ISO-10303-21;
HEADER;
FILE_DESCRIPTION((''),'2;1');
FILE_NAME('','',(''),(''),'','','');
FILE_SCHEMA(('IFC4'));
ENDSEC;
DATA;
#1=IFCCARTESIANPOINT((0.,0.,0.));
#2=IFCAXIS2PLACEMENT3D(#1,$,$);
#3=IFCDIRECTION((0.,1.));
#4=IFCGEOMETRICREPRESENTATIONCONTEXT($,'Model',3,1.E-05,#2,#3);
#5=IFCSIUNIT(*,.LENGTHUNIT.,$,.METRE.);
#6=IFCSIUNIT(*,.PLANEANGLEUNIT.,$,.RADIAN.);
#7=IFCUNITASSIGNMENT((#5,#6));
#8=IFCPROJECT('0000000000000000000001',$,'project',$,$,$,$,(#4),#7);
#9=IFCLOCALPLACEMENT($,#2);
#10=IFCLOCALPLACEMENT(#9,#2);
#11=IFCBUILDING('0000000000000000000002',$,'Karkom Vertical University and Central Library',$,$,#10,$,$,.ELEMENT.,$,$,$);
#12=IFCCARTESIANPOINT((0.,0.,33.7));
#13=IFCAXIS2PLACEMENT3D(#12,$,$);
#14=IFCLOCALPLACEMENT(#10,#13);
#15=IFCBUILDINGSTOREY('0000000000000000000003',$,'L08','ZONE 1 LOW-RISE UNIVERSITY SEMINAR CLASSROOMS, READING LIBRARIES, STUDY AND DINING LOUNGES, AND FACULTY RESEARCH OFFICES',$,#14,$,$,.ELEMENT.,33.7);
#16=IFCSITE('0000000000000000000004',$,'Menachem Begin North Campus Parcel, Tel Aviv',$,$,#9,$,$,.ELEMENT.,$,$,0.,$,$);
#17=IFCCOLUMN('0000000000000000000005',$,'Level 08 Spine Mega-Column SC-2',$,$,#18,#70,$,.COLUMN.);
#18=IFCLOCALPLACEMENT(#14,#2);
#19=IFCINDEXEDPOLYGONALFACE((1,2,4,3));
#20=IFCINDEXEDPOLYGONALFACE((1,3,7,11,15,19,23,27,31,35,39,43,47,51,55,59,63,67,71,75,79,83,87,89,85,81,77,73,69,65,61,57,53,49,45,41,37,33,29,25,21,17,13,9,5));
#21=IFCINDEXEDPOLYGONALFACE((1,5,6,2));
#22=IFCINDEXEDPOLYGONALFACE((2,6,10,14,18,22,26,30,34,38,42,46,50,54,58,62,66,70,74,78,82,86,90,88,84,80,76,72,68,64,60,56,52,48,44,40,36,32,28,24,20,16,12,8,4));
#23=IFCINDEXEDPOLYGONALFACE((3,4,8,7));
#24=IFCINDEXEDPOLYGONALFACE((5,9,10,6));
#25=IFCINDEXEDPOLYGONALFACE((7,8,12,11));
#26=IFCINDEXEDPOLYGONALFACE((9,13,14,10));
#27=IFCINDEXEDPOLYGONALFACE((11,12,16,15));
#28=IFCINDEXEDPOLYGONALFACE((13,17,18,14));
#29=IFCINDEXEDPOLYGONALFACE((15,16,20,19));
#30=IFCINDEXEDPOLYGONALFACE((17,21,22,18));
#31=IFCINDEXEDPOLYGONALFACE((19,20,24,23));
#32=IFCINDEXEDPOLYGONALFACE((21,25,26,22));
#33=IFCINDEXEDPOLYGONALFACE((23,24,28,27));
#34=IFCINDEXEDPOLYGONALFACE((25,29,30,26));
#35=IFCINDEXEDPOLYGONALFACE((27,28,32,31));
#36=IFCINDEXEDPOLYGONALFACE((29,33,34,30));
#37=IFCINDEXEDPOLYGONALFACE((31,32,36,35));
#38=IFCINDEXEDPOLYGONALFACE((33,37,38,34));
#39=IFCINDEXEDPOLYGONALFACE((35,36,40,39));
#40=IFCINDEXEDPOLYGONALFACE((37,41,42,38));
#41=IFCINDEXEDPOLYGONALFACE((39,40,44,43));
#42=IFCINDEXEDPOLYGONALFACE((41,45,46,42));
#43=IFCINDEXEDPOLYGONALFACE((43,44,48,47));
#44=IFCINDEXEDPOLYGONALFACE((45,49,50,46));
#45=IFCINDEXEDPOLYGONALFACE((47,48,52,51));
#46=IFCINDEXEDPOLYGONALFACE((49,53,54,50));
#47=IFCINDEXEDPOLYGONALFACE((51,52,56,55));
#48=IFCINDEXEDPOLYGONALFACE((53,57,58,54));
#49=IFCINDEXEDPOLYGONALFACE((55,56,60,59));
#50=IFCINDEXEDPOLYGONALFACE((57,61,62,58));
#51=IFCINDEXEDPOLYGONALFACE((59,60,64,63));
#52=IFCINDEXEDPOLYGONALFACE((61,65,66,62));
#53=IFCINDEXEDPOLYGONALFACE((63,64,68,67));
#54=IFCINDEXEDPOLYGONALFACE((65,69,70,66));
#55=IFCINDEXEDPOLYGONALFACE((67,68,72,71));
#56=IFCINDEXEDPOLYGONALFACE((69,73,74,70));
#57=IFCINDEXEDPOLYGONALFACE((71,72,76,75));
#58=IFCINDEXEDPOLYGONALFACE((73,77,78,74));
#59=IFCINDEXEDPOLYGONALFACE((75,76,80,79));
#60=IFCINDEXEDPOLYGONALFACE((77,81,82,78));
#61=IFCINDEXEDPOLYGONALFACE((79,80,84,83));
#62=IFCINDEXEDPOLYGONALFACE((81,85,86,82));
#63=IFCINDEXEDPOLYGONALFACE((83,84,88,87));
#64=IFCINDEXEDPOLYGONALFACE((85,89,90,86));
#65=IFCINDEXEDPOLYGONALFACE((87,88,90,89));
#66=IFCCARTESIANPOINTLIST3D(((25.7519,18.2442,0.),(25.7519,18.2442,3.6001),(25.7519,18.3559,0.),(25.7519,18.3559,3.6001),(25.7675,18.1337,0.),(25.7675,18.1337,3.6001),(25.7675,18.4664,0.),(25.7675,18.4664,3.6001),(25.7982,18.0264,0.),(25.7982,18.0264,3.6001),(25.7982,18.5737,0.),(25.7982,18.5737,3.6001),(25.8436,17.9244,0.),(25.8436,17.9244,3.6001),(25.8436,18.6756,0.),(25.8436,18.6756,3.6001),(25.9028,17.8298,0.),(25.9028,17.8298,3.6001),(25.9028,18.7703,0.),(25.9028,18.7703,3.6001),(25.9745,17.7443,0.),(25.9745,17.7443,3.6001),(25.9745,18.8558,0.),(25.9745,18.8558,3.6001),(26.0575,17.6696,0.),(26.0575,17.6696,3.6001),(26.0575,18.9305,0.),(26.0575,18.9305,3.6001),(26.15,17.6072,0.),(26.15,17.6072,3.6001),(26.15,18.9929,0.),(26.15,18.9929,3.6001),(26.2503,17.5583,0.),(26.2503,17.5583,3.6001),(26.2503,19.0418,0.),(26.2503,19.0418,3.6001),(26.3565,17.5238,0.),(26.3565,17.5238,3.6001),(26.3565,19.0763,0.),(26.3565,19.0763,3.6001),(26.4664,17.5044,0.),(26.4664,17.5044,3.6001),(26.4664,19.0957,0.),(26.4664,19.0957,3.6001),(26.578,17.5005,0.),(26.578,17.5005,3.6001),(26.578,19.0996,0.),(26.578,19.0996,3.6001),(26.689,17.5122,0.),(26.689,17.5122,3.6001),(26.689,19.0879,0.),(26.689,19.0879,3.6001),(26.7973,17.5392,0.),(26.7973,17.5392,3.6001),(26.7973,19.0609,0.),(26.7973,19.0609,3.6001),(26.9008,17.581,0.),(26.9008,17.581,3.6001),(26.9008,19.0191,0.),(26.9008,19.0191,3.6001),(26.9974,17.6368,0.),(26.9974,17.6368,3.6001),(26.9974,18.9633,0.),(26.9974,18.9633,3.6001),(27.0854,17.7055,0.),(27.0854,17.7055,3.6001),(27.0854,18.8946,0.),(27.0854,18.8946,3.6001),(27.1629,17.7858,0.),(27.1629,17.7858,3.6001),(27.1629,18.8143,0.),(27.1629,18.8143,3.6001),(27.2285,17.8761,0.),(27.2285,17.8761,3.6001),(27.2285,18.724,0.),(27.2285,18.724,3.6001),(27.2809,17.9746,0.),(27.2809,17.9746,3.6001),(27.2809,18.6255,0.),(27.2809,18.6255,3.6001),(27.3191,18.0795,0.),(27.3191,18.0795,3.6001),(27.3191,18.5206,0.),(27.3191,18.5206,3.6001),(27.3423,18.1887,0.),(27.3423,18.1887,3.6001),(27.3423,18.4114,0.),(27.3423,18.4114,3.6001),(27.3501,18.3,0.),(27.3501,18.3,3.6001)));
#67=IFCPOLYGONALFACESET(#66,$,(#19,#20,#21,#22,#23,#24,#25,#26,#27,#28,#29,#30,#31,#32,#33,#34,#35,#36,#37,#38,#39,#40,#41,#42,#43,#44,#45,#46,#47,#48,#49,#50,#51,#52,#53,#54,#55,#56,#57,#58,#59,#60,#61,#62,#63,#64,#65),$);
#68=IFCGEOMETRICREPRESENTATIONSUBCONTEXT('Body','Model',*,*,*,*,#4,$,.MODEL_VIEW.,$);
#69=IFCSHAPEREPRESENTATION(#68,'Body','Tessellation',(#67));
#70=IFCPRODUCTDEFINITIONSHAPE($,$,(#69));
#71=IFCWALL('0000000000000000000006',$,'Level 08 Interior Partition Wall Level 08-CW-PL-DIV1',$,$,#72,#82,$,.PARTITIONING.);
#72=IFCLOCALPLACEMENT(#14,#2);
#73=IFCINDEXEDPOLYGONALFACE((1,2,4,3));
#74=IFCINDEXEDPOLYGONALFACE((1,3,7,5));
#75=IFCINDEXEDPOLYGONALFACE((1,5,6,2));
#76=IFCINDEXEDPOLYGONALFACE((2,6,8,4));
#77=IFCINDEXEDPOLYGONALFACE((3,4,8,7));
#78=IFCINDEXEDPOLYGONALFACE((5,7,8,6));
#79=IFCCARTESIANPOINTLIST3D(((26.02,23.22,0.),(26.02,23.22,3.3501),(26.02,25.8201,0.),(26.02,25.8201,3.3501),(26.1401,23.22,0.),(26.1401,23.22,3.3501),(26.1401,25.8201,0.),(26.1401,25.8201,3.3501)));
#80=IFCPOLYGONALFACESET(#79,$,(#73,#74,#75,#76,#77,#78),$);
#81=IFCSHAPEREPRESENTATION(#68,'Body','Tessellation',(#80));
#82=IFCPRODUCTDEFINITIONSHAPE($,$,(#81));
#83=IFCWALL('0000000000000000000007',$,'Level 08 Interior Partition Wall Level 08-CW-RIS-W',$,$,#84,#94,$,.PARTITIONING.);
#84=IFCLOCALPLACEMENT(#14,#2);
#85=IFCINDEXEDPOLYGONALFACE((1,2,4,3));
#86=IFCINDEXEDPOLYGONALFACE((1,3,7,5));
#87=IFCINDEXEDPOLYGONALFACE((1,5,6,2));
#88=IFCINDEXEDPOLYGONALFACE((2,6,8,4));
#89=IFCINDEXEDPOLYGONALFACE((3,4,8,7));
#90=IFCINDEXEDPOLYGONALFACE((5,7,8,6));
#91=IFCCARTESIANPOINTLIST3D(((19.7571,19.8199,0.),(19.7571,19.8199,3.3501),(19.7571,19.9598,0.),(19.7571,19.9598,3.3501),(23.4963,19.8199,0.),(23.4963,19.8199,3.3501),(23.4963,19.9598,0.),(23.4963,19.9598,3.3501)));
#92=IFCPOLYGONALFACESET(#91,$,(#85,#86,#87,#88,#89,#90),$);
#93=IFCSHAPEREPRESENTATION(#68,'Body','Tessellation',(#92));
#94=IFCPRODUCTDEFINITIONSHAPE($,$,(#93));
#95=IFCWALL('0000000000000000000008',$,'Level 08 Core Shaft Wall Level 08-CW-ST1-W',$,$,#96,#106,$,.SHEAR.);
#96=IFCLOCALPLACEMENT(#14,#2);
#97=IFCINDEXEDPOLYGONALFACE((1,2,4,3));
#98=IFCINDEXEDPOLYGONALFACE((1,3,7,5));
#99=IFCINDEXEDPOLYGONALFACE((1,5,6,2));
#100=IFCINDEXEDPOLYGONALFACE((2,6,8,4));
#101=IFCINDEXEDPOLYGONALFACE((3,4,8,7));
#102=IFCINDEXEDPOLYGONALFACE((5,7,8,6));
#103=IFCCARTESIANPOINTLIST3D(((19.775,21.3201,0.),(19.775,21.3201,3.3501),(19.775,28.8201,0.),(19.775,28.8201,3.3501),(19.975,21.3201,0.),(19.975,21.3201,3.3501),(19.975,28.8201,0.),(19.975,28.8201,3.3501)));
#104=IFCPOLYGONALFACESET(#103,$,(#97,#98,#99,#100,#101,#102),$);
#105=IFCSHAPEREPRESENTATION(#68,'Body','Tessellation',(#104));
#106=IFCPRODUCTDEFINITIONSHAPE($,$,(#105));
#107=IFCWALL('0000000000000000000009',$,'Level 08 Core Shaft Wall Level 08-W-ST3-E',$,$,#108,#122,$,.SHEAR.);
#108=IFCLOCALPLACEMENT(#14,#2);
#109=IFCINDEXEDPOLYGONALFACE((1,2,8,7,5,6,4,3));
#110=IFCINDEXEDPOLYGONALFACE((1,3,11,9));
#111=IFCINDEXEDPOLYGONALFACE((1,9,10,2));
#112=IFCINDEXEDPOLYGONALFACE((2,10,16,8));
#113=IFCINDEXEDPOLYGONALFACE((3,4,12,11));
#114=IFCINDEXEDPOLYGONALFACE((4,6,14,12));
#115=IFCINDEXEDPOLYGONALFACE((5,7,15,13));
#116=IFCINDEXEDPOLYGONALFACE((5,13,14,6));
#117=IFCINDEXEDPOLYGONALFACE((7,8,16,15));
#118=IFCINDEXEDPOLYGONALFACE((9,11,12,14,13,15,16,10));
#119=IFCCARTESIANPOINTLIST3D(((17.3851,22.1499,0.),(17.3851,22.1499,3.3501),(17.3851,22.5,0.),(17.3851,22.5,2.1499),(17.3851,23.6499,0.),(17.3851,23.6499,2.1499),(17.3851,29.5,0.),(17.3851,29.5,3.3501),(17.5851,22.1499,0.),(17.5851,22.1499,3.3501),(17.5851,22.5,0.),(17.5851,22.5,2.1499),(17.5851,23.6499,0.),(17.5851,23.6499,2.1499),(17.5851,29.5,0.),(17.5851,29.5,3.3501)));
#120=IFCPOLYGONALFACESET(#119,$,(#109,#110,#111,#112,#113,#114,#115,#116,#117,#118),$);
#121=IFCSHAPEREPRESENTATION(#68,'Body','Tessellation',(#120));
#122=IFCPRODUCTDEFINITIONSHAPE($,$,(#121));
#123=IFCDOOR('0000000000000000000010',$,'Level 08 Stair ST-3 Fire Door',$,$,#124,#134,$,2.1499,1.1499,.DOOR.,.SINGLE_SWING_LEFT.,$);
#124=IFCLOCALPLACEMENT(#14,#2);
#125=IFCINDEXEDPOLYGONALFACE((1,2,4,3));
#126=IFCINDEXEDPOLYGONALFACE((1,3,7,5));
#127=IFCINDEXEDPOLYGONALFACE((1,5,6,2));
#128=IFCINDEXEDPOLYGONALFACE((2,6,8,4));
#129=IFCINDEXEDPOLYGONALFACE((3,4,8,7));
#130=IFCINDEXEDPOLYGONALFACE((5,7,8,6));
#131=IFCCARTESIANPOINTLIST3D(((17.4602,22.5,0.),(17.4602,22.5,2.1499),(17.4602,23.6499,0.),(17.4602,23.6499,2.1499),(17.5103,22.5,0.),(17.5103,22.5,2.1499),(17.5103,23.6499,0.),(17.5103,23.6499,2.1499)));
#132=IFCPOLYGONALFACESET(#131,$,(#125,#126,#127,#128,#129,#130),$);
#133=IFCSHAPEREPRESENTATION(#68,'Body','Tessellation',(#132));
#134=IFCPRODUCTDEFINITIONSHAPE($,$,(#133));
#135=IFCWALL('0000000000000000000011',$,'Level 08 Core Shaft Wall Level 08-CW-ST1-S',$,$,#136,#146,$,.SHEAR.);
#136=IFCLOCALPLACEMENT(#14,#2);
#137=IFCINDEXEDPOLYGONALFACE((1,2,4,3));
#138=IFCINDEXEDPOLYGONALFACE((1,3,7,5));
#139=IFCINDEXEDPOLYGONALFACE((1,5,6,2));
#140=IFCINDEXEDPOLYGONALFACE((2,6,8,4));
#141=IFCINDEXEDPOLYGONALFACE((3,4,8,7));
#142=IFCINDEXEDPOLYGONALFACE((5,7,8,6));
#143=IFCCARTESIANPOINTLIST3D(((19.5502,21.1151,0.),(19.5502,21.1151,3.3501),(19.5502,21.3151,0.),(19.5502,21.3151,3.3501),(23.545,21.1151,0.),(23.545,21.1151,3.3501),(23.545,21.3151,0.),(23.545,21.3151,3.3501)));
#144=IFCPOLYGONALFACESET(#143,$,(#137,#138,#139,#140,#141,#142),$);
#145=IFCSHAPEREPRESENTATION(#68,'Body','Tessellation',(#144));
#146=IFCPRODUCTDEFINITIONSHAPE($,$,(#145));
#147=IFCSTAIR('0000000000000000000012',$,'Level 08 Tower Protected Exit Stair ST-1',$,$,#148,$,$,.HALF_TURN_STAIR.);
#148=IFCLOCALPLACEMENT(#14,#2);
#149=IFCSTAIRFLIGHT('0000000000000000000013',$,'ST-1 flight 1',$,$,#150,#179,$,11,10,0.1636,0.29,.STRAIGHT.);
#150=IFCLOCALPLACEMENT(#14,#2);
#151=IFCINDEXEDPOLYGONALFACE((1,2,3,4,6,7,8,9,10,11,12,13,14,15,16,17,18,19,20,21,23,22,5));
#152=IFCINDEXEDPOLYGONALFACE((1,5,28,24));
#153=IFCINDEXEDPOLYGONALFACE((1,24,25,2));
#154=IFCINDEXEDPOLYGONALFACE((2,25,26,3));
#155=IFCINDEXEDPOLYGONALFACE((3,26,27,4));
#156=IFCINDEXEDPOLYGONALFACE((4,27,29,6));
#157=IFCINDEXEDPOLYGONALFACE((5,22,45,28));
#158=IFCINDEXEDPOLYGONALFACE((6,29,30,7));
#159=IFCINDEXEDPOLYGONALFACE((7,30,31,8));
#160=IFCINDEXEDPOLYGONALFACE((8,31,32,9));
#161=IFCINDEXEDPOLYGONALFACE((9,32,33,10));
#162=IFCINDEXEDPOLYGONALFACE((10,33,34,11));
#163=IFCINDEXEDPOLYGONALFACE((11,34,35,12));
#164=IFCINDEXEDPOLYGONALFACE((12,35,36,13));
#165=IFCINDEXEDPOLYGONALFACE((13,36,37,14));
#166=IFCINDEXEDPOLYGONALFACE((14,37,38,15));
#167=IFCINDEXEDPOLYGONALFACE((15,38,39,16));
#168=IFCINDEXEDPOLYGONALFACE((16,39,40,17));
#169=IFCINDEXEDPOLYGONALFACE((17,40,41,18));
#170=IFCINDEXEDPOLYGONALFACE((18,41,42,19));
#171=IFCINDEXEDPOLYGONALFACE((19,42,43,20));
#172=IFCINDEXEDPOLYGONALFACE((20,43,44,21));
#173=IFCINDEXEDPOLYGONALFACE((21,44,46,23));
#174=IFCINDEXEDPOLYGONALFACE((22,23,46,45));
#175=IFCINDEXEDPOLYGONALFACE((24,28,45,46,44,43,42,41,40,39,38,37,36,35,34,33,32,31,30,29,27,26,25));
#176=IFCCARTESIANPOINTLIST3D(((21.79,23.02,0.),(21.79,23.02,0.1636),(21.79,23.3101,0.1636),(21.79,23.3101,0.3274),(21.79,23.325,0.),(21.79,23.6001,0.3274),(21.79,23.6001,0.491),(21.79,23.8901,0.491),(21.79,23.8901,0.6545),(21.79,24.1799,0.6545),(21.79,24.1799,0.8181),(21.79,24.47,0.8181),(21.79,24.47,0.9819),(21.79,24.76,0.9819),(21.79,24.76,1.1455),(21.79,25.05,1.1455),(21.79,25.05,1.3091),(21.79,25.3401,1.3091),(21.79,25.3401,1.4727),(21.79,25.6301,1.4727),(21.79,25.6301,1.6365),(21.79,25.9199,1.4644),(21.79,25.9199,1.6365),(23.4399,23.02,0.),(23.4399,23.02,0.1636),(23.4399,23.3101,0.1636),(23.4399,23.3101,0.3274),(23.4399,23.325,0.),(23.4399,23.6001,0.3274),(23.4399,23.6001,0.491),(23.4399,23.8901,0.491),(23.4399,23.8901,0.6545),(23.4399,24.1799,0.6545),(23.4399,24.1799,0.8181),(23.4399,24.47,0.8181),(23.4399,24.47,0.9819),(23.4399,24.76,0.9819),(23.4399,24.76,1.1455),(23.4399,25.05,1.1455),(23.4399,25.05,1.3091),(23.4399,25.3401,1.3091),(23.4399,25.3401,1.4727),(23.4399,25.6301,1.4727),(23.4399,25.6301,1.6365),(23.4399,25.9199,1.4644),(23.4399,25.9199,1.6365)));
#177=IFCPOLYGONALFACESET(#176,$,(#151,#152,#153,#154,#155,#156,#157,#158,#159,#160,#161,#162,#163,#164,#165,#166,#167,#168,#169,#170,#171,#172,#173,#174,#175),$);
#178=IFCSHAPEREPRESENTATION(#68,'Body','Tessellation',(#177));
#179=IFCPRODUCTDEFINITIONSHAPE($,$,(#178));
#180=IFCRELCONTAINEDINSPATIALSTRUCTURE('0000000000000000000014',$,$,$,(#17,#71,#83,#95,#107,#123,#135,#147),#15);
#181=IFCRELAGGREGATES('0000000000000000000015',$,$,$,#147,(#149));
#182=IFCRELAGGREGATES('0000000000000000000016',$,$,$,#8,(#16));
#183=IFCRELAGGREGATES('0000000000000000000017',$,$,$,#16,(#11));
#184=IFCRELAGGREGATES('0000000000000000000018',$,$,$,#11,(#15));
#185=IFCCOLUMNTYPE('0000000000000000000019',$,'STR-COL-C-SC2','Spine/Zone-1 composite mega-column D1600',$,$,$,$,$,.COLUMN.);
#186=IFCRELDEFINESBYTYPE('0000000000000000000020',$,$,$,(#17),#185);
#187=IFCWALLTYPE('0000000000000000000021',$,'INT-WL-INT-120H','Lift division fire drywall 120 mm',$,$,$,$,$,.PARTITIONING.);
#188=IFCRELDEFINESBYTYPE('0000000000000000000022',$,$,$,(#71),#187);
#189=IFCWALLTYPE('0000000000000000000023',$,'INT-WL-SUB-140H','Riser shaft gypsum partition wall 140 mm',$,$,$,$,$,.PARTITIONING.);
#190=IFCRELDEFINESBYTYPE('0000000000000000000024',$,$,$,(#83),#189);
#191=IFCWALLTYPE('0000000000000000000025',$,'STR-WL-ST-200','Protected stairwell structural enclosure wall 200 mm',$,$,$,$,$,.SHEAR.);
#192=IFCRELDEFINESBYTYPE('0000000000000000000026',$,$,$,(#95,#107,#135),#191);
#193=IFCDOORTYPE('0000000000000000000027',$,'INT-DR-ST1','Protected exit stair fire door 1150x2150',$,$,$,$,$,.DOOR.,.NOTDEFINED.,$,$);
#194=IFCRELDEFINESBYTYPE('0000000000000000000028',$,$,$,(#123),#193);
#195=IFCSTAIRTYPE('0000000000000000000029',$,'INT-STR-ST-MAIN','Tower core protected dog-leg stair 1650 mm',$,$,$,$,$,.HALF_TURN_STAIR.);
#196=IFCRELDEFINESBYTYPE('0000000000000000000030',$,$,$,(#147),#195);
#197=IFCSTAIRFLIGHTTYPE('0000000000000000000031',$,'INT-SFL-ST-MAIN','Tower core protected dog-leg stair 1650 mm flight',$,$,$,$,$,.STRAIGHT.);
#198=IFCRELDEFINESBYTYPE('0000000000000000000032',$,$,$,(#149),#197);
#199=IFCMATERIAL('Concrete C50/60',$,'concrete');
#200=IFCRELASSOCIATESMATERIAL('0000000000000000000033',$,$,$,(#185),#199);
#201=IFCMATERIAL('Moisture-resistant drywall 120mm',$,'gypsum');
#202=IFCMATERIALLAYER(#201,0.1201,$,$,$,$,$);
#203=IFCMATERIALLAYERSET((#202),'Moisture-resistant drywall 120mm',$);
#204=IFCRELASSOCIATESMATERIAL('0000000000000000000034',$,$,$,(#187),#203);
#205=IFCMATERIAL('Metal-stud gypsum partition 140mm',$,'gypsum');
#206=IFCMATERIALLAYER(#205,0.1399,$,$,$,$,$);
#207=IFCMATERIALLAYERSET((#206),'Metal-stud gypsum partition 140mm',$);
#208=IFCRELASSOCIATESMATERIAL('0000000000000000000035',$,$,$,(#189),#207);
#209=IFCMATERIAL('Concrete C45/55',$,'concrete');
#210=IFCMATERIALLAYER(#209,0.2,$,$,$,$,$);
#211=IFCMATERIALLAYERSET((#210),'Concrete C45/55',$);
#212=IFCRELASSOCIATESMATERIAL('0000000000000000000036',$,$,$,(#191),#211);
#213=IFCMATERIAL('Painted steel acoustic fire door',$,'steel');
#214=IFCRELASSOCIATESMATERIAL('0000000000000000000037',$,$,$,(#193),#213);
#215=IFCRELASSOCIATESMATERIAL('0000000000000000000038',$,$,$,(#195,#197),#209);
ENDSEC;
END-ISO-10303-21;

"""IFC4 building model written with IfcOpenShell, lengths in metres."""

from ifc_helpers import new_model, si_unit, direction, frame, frame_2d, origin, origin_with_axes, origin_2d, place, context, subcontext, project, spatial, polyline, rectangle, circle, outline, extrude, source, transform, mapped, material, layer, layer_set, material_profile, profile_set, type_object, element, fill, aggregate, save


model = new_model("IFC4")

# Units and contexts
model_context = context("Model", 3, precision=1e-05, world=origin(), true_north=direction((0.0, 1.0)))
body_context = subcontext(model_context, "Body", "Model", "MODEL_VIEW")
ifc_project = project(units=[si_unit("LENGTHUNIT", "METRE"), si_unit("PLANEANGLEUNIT", "RADIAN")], contexts=[model_context])

# Site, building, storey
site_placement = place(None, origin())
site = spatial("IfcSite", under=ifc_project, at=site_placement, Name="Menachem Begin North Campus Parcel, Tel Aviv", CompositionType="ELEMENT", RefElevation=0.0)
building_placement = place(site_placement, origin())
building = spatial("IfcBuilding", under=site, at=building_placement, Name="Karkom Vertical University and Central Library", CompositionType="ELEMENT")
storey_placement = place(building_placement, frame((0.0, 0.0, 33.7)))
storey = spatial("IfcBuildingStorey", under=building, at=storey_placement, Name="L08", Description="ZONE 1 LOW-RISE UNIVERSITY SEMINAR CLASSROOMS, READING LIBRARIES, STUDY AND DINING LOUNGES, AND FACULTY RESEARCH OFFICES", CompositionType="ELEMENT", Elevation=33.7)

# Column
ifc_material_1 = material(Name="Concrete C50/60", Category="concrete")
ifc_material_profile = material_profile(ifc_material_1, circle(Radius=0.8, at=origin_2d()), Name="CFT-D1600")
ifc_profile_set = profile_set([ifc_material_profile], Name="Concrete C50/60")
column_type = type_object("IfcColumnType", Name="STR-COL-C-SC2", Description="Spine/Zone-1 composite mega-column D1600", PredefinedType="COLUMN", material=ifc_profile_set)
shared_shape_1 = source(origin_with_axes(), body_context, "Body", "SweptSolid", [
    extrude(circle(Radius=0.8, at=origin_2d()), origin(), (0.0, 0.0, 1.0), 3.6001),
])
column_placement = place(storey_placement, frame((26.55, 18.3, 0.0), z_axis=(0.0, 0.0, 1.0), x_axis=(1.0, 0.0, 0.0)))
element("IfcColumn", 1, at=column_placement, inside=storey, type_object=column_type, Name="Level 08 Spine Mega-Column SC-2", PredefinedType="COLUMN", context=body_context, shape_type="MappedRepresentation", body=[
    mapped(shared_shape_1, transform((0.0, 0.0, 0.0), scale=1.0)),
])

# Walls
ifc_material_2 = material(Name="Moisture-resistant drywall 120mm", Category="gypsum")
ifc_layer_1 = layer(ifc_material_2, 0.1201)
ifc_layer_set_1 = layer_set([ifc_layer_1], Name="Moisture-resistant drywall 120mm")
wall_type_1 = type_object("IfcWallType", Name="INT-WL-INT-120H", Description="Lift division fire drywall 120 mm", PredefinedType="PARTITIONING", material=ifc_layer_set_1)
wall_1_placement = place(storey_placement, frame((26.0801, 23.22, 0.0), z_axis=(0.0, 0.0, 1.0), x_axis=(0.0, 1.0, 0.0)))
element("IfcWall", 2, at=wall_1_placement, inside=storey, type_object=wall_type_1, Name="Level 08 Interior Partition Wall Level 08-CW-PL-DIV1", PredefinedType="PARTITIONING", context=body_context, shape_type="SweptSolid", body=[
    extrude(rectangle(XDim=2.6001, YDim=0.1201, at=frame_2d((1.3, 0.0))), origin(), (0.0, 0.0, 1.0), 3.3501),
])
ifc_material_3 = material(Name="Metal-stud gypsum partition 140mm", Category="gypsum")
ifc_layer_2 = layer(ifc_material_3, 0.1399)
ifc_layer_set_2 = layer_set([ifc_layer_2], Name="Metal-stud gypsum partition 140mm")
wall_type_2 = type_object("IfcWallType", Name="INT-WL-SUB-140H", Description="Riser shaft gypsum partition wall 140 mm", PredefinedType="PARTITIONING", material=ifc_layer_set_2)
wall_2_placement = place(storey_placement, frame((19.7571, 19.8899, 0.0), z_axis=(0.0, 0.0, 1.0), x_axis=(1.0, 0.0, 0.0)))
element("IfcWall", 3, at=wall_2_placement, inside=storey, type_object=wall_type_2, Name="Level 08 Interior Partition Wall Level 08-CW-RIS-W", PredefinedType="PARTITIONING", context=body_context, shape_type="SweptSolid", body=[
    extrude(rectangle(XDim=3.7393, YDim=0.1399, at=frame_2d((1.8696, 0.0))), origin(), (0.0, 0.0, 1.0), 3.3501),
])

# Shared definitions
ifc_material_4 = material(Name="Concrete C45/55", Category="concrete")
ifc_layer_3 = layer(ifc_material_4, 0.2)
ifc_layer_set_3 = layer_set([ifc_layer_3], Name="Concrete C45/55")
wall_type_3 = type_object("IfcWallType", Name="STR-WL-ST-200", Description="Protected stairwell structural enclosure wall 200 mm", PredefinedType="SHEAR", material=ifc_layer_set_3)
ifc_material_5 = material(Name="Painted steel acoustic fire door", Category="steel")
door_type_1 = type_object("IfcDoorType", Name="INT-DR-ST1", Description="Protected exit stair fire door 1150x2150", OperationType="NOTDEFINED", PredefinedType="DOOR", material=ifc_material_5)
shared_shape_2 = source(origin_with_axes(), body_context, "Body", "SweptSolid", [
    extrude(rectangle(XDim=1.1499, YDim=2.1499, at=frame_2d((0.575, 1.075))), frame((0.0, 0.0249, 0.0), z_axis=(0.0, -1.0, 0.0), x_axis=(1.0, 0.0, 0.0)), (0.0, 0.0, 1.0), 0.05),
])

# Wall
wall_3_placement = place(storey_placement, frame((19.875, 21.3201, 0.0), z_axis=(0.0, 0.0, 1.0), x_axis=(0.0, 1.0, 0.0)))
element("IfcWall", 4, at=wall_3_placement, inside=storey, type_object=wall_type_3, Name="Level 08 Core Shaft Wall Level 08-CW-ST1-W", PredefinedType="SHEAR", context=body_context, shape_type="SweptSolid", body=[
    extrude(rectangle(XDim=7.5, YDim=0.2, at=frame_2d((3.75, 0.0))), origin(), (0.0, 0.0, 1.0), 3.3501),
])

# Wall, opening, door
wall_4_placement = place(storey_placement, frame((17.4851, 22.1499, 0.0), z_axis=(0.0, 0.0, 1.0), x_axis=(0.0, 1.0, 0.0)))
wall_4 = element("IfcWall", 5, at=wall_4_placement, inside=storey, type_object=wall_type_3, Name="Level 08 Core Shaft Wall Level 08-W-ST3-E", PredefinedType="SHEAR", context=body_context, shape_type="SweptSolid", body=[
    extrude(rectangle(XDim=7.3501, YDim=0.2, at=frame_2d((3.675, 0.0))), origin(), (0.0, 0.0, 1.0), 3.3501),
])
opening_1_placement = place(wall_4_placement, frame((0.3501, 0.0, 0.0)))
opening_1 = element("IfcOpeningElement", 6, at=opening_1_placement, cuts=wall_4, PredefinedType="OPENING", context=body_context, shape_type="SweptSolid", body=[
    extrude(rectangle(XDim=1.1499, YDim=2.1499, at=frame_2d((0.575, 1.075))), frame((0.0, 0.1099, 0.0), z_axis=(0.0, -1.0, 0.0), x_axis=(1.0, 0.0, 0.0)), (0.0, 0.0, 1.0), 0.22),
])
door_1_placement = place(opening_1_placement, origin())
door_1 = element("IfcDoor", 7, at=door_1_placement, inside=storey, type_object=door_type_1, Name="Level 08 Stair ST-3 Fire Door", OperationType="SINGLE_SWING_LEFT", OverallHeight=2.1499, OverallWidth=1.1499, PredefinedType="DOOR", context=body_context, shape_type="MappedRepresentation", body=[
    mapped(shared_shape_2, transform((0.0, 0.0, 0.0), scale=1.0)),
])
fill(opening_1, door_1)

# Wall
wall_5_placement = place(storey_placement, frame((19.55, 21.2151, 0.0), z_axis=(0.0, 0.0, 1.0), x_axis=(1.0, 0.0, 0.0)))
element("IfcWall", 8, at=wall_5_placement, inside=storey, type_object=wall_type_3, Name="Level 08 Core Shaft Wall Level 08-CW-ST1-S", PredefinedType="SHEAR", context=body_context, shape_type="SweptSolid", body=[
    extrude(rectangle(XDim=3.9949, YDim=0.2, at=frame_2d((1.9976, 0.0))), origin(), (0.0, 0.0, 1.0), 3.3501),
])

# Stair, stair flight
stair_type = type_object("IfcStairType", Name="INT-STR-ST-MAIN", Description="Tower core protected dog-leg stair 1650 mm", PredefinedType="HALF_TURN_STAIR", material=ifc_material_4)
stair_placement = place(storey_placement, origin())
stair = element("IfcStair", 9, at=stair_placement, inside=storey, type_object=stair_type, Name="Level 08 Tower Protected Exit Stair ST-1", PredefinedType="HALF_TURN_STAIR")
stair_flight_type = type_object("IfcStairFlightType", Name="INT-SFL-ST-MAIN", Description="Tower core protected dog-leg stair 1650 mm flight", PredefinedType="STRAIGHT", material=ifc_material_4)
stair_flight_placement = place(storey_placement, frame((22.615, 23.02, 0.0), z_axis=(0.0, 0.0, 1.0), x_axis=(0.0, 1.0, 0.0)))
stair_flight = element("IfcStairFlight", 10, at=stair_flight_placement, type_object=stair_flight_type, Name="ST-1 flight 1", NumberOfRisers=11, NumberOfTreads=10, PredefinedType="STRAIGHT", RiserHeight=0.1636, TreadLength=0.29, context=body_context, shape_type="SweptSolid", body=[
    extrude(outline(polyline([(0.0, 0.0), (0.0, 0.1636), (0.29, 0.1636), (0.29, 0.3274), (0.5801, 0.3274), (0.5801, 0.491), (0.8701, 0.491), (0.8701, 0.6545), (1.1599, 0.6545), (1.1599, 0.8181), (1.45, 0.8181), (1.45, 0.9819), (1.74, 0.9819), (1.74, 1.1455), (2.03, 1.1455), (2.03, 1.3091), (2.3201, 1.3091), (2.3201, 1.4727), (2.6101, 1.4727), (2.6101, 1.6365), (2.8999, 1.6365), (2.8999, 1.8), (2.8999, 1.4644), (0.3049, 0.0), (0.0, 0.0)])), frame((0.0, 0.825, 0.0), z_axis=(0.0, -1.0, 0.0), x_axis=(1.0, 0.0, 0.0)), (0.0, 0.0, 1.0), 1.6499),
])
aggregate(stair, [stair_flight])

save(model, "model.ifc")
